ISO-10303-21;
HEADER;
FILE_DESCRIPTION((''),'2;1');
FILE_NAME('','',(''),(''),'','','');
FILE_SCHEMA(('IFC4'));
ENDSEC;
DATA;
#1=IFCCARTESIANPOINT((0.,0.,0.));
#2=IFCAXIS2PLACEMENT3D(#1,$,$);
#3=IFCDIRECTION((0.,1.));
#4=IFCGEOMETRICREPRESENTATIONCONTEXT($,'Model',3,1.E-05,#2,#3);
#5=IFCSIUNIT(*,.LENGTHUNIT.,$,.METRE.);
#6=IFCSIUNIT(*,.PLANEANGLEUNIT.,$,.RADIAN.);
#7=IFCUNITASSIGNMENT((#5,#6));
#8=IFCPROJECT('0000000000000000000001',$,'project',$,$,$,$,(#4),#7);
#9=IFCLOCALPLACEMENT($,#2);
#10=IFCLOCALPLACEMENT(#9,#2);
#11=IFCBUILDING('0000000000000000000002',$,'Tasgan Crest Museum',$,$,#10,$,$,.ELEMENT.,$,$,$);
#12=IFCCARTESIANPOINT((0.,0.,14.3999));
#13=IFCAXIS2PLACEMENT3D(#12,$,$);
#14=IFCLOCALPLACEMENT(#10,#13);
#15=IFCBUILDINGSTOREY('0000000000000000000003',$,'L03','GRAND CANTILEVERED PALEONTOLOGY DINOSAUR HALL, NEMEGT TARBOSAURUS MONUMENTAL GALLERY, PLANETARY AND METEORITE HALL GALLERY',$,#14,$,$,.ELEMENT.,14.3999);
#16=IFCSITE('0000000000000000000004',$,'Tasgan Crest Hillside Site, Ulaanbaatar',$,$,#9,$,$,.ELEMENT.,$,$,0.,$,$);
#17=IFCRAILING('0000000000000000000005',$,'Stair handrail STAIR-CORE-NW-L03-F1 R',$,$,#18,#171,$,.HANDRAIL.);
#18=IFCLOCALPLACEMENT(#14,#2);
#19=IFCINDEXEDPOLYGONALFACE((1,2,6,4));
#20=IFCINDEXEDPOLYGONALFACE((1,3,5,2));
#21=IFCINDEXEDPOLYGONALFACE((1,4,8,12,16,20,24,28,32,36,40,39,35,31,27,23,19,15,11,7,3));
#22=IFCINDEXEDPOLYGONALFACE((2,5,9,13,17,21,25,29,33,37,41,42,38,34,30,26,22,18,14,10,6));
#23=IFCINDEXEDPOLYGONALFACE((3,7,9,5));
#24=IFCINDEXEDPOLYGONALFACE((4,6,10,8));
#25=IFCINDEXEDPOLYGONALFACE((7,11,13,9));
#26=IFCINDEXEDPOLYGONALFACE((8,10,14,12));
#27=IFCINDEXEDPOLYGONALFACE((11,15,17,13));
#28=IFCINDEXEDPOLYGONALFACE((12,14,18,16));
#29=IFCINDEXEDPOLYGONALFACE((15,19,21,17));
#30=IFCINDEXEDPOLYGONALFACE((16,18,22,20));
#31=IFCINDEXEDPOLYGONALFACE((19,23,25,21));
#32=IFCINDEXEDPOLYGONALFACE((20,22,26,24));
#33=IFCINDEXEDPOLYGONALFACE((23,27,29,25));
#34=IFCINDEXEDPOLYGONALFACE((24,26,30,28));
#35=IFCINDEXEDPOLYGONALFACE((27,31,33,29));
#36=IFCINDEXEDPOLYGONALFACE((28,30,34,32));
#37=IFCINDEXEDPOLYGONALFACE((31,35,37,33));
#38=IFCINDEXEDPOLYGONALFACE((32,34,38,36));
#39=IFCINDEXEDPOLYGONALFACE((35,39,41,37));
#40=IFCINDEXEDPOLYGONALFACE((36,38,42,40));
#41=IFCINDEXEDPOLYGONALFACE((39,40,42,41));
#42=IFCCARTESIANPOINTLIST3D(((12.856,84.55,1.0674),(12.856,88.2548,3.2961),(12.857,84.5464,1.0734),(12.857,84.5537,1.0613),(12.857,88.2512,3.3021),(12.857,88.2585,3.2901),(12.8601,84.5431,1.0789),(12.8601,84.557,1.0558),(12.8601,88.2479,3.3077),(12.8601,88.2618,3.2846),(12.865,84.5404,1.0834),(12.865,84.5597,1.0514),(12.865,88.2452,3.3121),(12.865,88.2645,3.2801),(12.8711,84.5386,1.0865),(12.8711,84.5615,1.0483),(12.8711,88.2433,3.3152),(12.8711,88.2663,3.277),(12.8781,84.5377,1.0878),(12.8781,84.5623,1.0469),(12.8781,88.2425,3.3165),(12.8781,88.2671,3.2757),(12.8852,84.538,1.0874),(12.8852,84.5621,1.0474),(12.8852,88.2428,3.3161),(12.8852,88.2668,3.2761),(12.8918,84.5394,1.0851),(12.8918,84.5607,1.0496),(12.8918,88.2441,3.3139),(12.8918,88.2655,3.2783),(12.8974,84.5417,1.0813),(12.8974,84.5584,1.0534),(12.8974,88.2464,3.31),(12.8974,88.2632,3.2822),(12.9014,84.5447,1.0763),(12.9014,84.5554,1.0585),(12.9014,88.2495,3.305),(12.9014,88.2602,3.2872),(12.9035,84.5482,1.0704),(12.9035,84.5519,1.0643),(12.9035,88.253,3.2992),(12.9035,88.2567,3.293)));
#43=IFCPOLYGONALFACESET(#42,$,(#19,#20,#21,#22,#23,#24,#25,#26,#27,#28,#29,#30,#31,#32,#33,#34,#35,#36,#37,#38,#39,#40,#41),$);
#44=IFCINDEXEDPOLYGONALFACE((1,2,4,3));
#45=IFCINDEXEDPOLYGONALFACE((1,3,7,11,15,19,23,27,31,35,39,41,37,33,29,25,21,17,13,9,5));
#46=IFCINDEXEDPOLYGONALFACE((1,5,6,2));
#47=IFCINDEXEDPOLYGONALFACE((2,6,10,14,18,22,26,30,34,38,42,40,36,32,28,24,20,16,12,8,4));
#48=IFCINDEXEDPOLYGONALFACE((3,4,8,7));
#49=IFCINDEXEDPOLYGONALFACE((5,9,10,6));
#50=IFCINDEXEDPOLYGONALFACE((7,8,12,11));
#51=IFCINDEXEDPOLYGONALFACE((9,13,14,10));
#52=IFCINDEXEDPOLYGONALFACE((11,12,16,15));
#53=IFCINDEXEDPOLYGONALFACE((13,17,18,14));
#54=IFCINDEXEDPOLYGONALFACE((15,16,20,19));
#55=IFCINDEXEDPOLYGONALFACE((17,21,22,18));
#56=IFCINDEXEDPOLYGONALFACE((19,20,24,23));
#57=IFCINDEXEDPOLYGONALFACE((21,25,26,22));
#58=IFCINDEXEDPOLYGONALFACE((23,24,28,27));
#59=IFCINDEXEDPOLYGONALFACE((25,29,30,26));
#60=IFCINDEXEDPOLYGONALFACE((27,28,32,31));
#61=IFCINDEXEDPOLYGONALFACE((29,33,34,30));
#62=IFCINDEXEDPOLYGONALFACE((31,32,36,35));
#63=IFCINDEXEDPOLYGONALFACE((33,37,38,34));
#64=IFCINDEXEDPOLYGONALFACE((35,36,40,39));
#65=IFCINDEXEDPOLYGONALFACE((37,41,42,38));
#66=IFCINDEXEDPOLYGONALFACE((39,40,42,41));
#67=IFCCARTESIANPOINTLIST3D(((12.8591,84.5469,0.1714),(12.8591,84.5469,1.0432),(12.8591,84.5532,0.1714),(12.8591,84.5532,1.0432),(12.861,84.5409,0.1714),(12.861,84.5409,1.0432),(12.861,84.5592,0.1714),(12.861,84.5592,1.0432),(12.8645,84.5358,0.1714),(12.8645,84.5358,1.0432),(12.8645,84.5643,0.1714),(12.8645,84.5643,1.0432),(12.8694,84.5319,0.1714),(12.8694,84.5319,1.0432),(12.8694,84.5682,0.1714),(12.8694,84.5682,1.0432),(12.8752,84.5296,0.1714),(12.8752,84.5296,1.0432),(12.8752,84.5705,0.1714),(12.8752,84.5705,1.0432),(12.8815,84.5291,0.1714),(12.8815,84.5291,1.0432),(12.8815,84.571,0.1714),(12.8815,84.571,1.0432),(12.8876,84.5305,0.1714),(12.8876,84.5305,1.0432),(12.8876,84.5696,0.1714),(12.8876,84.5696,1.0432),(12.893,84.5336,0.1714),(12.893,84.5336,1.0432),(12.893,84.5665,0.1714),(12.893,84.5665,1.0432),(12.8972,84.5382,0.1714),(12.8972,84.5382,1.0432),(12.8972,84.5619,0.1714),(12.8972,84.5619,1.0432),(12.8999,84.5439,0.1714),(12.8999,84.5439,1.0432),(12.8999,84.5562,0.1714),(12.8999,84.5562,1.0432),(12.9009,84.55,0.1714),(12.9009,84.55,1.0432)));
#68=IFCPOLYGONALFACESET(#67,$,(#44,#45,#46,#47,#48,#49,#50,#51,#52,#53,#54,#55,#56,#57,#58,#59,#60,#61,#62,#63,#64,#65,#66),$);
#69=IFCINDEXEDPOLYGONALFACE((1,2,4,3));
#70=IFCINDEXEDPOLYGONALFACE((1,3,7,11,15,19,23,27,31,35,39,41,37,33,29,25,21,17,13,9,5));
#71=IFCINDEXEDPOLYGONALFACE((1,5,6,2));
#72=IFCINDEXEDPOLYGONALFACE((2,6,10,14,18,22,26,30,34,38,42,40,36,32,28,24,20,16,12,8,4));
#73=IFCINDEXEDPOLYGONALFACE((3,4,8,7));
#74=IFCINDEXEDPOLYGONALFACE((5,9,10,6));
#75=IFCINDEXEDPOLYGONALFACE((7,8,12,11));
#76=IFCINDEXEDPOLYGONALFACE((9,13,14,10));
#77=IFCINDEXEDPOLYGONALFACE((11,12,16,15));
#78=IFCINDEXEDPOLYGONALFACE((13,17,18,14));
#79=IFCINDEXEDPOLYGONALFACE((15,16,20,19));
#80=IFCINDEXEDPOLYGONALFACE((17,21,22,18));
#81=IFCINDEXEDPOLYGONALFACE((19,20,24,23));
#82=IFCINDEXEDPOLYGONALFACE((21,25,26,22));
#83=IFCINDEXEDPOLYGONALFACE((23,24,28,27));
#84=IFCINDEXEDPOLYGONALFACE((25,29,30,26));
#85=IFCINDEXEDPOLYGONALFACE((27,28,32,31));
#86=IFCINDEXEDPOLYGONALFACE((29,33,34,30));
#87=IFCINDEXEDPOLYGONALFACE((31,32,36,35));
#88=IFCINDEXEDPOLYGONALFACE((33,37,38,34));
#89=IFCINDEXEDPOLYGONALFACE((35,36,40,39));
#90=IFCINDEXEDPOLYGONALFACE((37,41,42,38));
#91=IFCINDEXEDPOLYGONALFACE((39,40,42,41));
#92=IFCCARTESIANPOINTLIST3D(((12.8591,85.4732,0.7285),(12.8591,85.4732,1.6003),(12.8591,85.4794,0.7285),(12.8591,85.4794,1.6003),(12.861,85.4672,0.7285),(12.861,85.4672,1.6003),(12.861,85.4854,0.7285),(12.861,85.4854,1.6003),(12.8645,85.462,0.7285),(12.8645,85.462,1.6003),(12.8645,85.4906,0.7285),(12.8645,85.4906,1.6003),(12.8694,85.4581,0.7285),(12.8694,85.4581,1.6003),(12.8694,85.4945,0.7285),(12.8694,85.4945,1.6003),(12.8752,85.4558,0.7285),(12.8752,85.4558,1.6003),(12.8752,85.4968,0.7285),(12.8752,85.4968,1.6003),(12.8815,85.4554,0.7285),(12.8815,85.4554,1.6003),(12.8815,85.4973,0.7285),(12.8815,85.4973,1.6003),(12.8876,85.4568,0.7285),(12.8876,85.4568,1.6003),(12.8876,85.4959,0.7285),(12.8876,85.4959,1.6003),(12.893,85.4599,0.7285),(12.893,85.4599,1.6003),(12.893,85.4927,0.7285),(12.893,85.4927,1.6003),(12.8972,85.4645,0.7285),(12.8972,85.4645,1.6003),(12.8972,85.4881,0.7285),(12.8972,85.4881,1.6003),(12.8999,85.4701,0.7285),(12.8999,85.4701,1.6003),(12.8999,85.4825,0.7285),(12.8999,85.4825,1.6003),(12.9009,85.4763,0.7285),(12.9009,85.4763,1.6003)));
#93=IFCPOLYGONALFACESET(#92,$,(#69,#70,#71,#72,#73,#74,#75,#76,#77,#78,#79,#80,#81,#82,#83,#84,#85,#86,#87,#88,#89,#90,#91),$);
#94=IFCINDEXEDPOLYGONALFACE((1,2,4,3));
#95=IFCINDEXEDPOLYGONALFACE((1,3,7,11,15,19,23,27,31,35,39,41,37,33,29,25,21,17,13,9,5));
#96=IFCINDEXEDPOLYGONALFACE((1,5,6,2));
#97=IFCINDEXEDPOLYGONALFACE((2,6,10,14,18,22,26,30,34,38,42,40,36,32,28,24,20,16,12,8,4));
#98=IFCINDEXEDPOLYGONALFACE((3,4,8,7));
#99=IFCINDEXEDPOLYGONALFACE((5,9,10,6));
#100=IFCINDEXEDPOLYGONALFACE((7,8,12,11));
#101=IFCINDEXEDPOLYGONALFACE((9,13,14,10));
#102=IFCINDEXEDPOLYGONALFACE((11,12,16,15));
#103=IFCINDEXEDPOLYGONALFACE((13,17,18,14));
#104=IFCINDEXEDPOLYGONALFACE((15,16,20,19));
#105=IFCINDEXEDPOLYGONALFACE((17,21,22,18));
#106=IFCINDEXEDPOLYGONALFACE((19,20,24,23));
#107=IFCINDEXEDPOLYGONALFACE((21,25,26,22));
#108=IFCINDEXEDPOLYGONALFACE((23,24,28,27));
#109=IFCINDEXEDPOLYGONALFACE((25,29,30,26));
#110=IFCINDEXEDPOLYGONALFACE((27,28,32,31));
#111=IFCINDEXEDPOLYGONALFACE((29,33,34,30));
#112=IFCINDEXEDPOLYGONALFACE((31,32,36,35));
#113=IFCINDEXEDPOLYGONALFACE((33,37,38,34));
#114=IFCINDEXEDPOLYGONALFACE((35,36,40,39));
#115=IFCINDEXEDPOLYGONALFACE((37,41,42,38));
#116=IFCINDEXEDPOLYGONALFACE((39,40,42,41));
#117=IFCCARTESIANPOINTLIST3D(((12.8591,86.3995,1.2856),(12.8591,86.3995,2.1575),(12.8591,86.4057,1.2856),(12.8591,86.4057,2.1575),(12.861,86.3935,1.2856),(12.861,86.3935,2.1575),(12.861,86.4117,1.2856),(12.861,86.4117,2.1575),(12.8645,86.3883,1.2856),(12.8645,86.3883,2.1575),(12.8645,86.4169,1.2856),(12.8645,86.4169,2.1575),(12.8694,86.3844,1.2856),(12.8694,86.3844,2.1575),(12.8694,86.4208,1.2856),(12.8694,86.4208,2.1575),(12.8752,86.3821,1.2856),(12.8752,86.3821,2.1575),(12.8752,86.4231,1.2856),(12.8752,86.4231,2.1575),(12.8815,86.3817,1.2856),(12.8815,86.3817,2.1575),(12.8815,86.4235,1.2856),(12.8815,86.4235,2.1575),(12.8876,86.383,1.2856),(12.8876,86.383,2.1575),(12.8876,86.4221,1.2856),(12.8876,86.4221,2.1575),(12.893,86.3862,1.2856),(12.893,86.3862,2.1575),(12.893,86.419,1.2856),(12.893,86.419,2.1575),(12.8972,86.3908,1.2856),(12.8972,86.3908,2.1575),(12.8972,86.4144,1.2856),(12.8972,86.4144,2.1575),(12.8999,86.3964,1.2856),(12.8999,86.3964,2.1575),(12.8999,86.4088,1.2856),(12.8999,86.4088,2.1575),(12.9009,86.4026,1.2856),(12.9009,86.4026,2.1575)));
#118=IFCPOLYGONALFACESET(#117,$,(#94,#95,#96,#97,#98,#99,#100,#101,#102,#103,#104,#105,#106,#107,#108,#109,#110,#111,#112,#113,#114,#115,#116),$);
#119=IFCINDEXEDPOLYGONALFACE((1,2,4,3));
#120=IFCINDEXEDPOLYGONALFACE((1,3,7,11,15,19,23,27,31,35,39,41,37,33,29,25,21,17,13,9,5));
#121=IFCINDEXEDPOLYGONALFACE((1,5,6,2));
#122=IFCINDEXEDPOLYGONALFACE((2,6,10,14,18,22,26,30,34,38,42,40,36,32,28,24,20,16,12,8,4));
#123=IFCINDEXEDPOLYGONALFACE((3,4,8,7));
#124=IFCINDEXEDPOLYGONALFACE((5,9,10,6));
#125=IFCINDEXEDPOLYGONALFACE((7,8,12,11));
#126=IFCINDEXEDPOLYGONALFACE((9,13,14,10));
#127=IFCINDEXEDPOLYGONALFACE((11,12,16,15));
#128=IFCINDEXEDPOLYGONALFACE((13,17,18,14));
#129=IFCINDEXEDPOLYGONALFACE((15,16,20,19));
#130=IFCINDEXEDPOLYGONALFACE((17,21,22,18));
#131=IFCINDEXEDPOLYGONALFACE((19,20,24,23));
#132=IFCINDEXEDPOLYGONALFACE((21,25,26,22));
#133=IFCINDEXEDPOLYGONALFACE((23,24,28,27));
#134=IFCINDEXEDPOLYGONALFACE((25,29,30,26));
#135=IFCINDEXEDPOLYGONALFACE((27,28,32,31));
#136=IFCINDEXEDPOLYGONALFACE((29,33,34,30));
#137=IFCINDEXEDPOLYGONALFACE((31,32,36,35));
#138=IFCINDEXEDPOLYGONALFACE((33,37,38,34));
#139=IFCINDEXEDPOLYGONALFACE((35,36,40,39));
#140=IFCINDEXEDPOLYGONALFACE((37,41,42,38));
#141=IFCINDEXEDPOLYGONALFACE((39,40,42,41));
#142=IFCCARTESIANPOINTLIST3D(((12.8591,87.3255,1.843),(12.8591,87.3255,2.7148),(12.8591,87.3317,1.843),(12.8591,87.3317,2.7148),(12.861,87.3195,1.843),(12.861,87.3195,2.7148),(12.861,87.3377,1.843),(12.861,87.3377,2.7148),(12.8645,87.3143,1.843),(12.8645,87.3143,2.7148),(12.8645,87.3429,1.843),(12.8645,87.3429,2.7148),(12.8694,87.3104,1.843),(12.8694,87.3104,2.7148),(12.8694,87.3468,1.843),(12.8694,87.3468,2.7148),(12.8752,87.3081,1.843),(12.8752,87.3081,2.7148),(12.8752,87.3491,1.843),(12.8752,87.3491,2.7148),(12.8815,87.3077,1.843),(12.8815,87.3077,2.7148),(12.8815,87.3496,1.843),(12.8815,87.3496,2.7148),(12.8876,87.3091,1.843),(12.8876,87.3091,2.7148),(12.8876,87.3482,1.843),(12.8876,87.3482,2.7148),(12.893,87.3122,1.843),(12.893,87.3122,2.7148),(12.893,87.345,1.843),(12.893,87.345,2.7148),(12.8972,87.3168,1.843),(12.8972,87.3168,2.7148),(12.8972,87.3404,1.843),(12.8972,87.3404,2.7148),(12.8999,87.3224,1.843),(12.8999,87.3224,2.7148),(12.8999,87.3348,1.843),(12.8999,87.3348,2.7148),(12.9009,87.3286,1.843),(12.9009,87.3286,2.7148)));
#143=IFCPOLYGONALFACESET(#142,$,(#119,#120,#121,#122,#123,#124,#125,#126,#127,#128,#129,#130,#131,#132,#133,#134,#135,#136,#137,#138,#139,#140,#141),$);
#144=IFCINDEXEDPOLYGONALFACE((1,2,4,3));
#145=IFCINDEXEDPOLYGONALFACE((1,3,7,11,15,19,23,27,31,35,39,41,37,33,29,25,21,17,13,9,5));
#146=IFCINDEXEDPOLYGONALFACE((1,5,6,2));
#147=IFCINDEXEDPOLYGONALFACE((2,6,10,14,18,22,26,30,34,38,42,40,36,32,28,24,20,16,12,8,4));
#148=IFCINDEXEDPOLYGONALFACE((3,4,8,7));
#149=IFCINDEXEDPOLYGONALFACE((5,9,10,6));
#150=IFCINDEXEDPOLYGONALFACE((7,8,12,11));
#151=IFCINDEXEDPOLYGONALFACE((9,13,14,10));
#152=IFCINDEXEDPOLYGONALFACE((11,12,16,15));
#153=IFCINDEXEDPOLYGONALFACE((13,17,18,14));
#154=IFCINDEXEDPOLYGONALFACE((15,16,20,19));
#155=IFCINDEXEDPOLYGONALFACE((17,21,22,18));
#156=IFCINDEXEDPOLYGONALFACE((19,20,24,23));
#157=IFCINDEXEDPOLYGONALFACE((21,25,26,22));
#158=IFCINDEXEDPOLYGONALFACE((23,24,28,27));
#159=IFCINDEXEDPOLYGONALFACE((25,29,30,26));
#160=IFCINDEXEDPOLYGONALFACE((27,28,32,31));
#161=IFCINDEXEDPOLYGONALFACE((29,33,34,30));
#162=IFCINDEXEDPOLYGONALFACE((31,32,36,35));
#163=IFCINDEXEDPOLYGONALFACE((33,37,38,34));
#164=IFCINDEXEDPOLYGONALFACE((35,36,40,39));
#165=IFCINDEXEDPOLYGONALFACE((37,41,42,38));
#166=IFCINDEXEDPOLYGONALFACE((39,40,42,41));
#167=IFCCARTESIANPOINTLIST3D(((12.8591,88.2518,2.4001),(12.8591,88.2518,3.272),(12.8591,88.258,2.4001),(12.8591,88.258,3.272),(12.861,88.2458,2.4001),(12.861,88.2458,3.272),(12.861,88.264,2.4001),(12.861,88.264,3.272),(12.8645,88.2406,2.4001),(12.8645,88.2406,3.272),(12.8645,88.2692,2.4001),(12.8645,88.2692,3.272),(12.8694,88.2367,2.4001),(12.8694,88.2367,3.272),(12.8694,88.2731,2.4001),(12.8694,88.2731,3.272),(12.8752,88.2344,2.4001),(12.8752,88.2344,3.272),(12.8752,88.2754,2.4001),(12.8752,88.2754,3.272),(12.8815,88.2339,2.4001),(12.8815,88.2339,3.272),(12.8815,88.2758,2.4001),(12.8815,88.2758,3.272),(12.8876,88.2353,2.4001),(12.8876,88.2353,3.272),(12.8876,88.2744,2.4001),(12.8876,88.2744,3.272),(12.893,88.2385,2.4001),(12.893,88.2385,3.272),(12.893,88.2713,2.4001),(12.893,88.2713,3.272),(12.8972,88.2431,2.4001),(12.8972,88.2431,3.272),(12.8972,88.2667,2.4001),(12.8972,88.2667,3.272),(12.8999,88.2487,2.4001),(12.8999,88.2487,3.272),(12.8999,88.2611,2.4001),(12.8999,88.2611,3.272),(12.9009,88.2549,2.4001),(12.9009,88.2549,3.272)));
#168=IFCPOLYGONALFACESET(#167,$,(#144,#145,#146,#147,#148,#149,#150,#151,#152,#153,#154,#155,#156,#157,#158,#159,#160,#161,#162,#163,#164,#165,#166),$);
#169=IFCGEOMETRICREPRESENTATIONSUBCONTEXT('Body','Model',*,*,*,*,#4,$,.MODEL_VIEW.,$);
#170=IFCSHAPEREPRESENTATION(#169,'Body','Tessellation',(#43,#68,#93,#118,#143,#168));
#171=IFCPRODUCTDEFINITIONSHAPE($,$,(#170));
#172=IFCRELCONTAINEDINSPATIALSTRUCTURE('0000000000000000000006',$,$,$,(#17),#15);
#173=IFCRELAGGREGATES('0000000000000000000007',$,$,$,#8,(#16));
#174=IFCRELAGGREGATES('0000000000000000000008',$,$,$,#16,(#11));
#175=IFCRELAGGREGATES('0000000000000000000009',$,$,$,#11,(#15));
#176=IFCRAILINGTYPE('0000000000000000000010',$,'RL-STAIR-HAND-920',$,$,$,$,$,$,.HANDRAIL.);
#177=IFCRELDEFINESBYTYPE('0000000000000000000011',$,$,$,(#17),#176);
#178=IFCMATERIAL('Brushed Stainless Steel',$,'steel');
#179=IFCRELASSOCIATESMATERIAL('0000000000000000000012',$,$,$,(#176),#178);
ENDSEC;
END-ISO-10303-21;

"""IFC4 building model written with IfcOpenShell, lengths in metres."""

from ifc_helpers import new_model, si_unit, direction, frame, origin, origin_2d, place, context, subcontext, project, spatial, circle, extrude, material, type_object, element, save


model = new_model("IFC4")

# Units and contexts
model_context = context("Model", 3, precision=1e-05, world=origin(), true_north=direction((0.0, 1.0)))
body_context = subcontext(model_context, "Body", "Model", "MODEL_VIEW")
ifc_project = project(units=[si_unit("LENGTHUNIT", "METRE"), si_unit("PLANEANGLEUNIT", "RADIAN")], contexts=[model_context])

# Site, building, storey
site_placement = place(None, origin())
site = spatial("IfcSite", under=ifc_project, at=site_placement, Name="Tasgan Crest Hillside Site, Ulaanbaatar", CompositionType="ELEMENT", RefElevation=0.0)
building_placement = place(site_placement, origin())
building = spatial("IfcBuilding", under=site, at=building_placement, Name="Tasgan Crest Museum", CompositionType="ELEMENT")
storey_placement = place(building_placement, frame((0.0, 0.0, 14.3999)))
storey = spatial("IfcBuildingStorey", under=building, at=storey_placement, Name="L03", Description="GRAND CANTILEVERED PALEONTOLOGY DINOSAUR HALL, NEMEGT TARBOSAURUS MONUMENTAL GALLERY, PLANETARY AND METEORITE HALL GALLERY", CompositionType="ELEMENT", Elevation=14.3999)

# Railing
ifc_material_1 = material(Name="Brushed Stainless Steel", Category="steel")
railing_type_1 = type_object("IfcRailingType", Name="RL-STAIR-HAND-920", PredefinedType="HANDRAIL", material=ifc_material_1)
for number, where, name in (
    (1, (12.8799, 84.55, 0.1714), "Stair handrail STAIR-CORE-NW-L03-F1 R"),
):
    element("IfcRailing", number, at=place(storey_placement, frame(where)), inside=storey, type_object=railing_type_1, Name=name, PredefinedType="HANDRAIL", context=body_context, shape_type="SweptSolid", body=[
        extrude(circle(Radius=0.0239, at=origin_2d()), frame((0.0, 0.0, 0.896), z_axis=(0.0, 0.856894, 0.515492), x_axis=(-1.0, 0.0, 0.0)), (0.0, 0.0, 1.0), 4.3235),
        extrude(circle(Radius=0.021, at=origin_2d()), origin(), (0.0, 0.0, 1.0), 0.8718),
        extrude(circle(Radius=0.021, at=origin_2d()), frame((0.0, 0.9263, 0.5571)), (0.0, 0.0, 1.0), 0.8718),
        extrude(circle(Radius=0.021, at=origin_2d()), frame((0.0, 1.8525, 1.1143)), (0.0, 0.0, 1.0), 0.8718),
        extrude(circle(Radius=0.021, at=origin_2d()), frame((0.0, 2.7786, 1.6716)), (0.0, 0.0, 1.0), 0.8718),
        extrude(circle(Radius=0.021, at=origin_2d()), frame((0.0, 3.7048, 2.2288)), (0.0, 0.0, 1.0), 0.8718),
    ])

save(model, "model.ifc")
